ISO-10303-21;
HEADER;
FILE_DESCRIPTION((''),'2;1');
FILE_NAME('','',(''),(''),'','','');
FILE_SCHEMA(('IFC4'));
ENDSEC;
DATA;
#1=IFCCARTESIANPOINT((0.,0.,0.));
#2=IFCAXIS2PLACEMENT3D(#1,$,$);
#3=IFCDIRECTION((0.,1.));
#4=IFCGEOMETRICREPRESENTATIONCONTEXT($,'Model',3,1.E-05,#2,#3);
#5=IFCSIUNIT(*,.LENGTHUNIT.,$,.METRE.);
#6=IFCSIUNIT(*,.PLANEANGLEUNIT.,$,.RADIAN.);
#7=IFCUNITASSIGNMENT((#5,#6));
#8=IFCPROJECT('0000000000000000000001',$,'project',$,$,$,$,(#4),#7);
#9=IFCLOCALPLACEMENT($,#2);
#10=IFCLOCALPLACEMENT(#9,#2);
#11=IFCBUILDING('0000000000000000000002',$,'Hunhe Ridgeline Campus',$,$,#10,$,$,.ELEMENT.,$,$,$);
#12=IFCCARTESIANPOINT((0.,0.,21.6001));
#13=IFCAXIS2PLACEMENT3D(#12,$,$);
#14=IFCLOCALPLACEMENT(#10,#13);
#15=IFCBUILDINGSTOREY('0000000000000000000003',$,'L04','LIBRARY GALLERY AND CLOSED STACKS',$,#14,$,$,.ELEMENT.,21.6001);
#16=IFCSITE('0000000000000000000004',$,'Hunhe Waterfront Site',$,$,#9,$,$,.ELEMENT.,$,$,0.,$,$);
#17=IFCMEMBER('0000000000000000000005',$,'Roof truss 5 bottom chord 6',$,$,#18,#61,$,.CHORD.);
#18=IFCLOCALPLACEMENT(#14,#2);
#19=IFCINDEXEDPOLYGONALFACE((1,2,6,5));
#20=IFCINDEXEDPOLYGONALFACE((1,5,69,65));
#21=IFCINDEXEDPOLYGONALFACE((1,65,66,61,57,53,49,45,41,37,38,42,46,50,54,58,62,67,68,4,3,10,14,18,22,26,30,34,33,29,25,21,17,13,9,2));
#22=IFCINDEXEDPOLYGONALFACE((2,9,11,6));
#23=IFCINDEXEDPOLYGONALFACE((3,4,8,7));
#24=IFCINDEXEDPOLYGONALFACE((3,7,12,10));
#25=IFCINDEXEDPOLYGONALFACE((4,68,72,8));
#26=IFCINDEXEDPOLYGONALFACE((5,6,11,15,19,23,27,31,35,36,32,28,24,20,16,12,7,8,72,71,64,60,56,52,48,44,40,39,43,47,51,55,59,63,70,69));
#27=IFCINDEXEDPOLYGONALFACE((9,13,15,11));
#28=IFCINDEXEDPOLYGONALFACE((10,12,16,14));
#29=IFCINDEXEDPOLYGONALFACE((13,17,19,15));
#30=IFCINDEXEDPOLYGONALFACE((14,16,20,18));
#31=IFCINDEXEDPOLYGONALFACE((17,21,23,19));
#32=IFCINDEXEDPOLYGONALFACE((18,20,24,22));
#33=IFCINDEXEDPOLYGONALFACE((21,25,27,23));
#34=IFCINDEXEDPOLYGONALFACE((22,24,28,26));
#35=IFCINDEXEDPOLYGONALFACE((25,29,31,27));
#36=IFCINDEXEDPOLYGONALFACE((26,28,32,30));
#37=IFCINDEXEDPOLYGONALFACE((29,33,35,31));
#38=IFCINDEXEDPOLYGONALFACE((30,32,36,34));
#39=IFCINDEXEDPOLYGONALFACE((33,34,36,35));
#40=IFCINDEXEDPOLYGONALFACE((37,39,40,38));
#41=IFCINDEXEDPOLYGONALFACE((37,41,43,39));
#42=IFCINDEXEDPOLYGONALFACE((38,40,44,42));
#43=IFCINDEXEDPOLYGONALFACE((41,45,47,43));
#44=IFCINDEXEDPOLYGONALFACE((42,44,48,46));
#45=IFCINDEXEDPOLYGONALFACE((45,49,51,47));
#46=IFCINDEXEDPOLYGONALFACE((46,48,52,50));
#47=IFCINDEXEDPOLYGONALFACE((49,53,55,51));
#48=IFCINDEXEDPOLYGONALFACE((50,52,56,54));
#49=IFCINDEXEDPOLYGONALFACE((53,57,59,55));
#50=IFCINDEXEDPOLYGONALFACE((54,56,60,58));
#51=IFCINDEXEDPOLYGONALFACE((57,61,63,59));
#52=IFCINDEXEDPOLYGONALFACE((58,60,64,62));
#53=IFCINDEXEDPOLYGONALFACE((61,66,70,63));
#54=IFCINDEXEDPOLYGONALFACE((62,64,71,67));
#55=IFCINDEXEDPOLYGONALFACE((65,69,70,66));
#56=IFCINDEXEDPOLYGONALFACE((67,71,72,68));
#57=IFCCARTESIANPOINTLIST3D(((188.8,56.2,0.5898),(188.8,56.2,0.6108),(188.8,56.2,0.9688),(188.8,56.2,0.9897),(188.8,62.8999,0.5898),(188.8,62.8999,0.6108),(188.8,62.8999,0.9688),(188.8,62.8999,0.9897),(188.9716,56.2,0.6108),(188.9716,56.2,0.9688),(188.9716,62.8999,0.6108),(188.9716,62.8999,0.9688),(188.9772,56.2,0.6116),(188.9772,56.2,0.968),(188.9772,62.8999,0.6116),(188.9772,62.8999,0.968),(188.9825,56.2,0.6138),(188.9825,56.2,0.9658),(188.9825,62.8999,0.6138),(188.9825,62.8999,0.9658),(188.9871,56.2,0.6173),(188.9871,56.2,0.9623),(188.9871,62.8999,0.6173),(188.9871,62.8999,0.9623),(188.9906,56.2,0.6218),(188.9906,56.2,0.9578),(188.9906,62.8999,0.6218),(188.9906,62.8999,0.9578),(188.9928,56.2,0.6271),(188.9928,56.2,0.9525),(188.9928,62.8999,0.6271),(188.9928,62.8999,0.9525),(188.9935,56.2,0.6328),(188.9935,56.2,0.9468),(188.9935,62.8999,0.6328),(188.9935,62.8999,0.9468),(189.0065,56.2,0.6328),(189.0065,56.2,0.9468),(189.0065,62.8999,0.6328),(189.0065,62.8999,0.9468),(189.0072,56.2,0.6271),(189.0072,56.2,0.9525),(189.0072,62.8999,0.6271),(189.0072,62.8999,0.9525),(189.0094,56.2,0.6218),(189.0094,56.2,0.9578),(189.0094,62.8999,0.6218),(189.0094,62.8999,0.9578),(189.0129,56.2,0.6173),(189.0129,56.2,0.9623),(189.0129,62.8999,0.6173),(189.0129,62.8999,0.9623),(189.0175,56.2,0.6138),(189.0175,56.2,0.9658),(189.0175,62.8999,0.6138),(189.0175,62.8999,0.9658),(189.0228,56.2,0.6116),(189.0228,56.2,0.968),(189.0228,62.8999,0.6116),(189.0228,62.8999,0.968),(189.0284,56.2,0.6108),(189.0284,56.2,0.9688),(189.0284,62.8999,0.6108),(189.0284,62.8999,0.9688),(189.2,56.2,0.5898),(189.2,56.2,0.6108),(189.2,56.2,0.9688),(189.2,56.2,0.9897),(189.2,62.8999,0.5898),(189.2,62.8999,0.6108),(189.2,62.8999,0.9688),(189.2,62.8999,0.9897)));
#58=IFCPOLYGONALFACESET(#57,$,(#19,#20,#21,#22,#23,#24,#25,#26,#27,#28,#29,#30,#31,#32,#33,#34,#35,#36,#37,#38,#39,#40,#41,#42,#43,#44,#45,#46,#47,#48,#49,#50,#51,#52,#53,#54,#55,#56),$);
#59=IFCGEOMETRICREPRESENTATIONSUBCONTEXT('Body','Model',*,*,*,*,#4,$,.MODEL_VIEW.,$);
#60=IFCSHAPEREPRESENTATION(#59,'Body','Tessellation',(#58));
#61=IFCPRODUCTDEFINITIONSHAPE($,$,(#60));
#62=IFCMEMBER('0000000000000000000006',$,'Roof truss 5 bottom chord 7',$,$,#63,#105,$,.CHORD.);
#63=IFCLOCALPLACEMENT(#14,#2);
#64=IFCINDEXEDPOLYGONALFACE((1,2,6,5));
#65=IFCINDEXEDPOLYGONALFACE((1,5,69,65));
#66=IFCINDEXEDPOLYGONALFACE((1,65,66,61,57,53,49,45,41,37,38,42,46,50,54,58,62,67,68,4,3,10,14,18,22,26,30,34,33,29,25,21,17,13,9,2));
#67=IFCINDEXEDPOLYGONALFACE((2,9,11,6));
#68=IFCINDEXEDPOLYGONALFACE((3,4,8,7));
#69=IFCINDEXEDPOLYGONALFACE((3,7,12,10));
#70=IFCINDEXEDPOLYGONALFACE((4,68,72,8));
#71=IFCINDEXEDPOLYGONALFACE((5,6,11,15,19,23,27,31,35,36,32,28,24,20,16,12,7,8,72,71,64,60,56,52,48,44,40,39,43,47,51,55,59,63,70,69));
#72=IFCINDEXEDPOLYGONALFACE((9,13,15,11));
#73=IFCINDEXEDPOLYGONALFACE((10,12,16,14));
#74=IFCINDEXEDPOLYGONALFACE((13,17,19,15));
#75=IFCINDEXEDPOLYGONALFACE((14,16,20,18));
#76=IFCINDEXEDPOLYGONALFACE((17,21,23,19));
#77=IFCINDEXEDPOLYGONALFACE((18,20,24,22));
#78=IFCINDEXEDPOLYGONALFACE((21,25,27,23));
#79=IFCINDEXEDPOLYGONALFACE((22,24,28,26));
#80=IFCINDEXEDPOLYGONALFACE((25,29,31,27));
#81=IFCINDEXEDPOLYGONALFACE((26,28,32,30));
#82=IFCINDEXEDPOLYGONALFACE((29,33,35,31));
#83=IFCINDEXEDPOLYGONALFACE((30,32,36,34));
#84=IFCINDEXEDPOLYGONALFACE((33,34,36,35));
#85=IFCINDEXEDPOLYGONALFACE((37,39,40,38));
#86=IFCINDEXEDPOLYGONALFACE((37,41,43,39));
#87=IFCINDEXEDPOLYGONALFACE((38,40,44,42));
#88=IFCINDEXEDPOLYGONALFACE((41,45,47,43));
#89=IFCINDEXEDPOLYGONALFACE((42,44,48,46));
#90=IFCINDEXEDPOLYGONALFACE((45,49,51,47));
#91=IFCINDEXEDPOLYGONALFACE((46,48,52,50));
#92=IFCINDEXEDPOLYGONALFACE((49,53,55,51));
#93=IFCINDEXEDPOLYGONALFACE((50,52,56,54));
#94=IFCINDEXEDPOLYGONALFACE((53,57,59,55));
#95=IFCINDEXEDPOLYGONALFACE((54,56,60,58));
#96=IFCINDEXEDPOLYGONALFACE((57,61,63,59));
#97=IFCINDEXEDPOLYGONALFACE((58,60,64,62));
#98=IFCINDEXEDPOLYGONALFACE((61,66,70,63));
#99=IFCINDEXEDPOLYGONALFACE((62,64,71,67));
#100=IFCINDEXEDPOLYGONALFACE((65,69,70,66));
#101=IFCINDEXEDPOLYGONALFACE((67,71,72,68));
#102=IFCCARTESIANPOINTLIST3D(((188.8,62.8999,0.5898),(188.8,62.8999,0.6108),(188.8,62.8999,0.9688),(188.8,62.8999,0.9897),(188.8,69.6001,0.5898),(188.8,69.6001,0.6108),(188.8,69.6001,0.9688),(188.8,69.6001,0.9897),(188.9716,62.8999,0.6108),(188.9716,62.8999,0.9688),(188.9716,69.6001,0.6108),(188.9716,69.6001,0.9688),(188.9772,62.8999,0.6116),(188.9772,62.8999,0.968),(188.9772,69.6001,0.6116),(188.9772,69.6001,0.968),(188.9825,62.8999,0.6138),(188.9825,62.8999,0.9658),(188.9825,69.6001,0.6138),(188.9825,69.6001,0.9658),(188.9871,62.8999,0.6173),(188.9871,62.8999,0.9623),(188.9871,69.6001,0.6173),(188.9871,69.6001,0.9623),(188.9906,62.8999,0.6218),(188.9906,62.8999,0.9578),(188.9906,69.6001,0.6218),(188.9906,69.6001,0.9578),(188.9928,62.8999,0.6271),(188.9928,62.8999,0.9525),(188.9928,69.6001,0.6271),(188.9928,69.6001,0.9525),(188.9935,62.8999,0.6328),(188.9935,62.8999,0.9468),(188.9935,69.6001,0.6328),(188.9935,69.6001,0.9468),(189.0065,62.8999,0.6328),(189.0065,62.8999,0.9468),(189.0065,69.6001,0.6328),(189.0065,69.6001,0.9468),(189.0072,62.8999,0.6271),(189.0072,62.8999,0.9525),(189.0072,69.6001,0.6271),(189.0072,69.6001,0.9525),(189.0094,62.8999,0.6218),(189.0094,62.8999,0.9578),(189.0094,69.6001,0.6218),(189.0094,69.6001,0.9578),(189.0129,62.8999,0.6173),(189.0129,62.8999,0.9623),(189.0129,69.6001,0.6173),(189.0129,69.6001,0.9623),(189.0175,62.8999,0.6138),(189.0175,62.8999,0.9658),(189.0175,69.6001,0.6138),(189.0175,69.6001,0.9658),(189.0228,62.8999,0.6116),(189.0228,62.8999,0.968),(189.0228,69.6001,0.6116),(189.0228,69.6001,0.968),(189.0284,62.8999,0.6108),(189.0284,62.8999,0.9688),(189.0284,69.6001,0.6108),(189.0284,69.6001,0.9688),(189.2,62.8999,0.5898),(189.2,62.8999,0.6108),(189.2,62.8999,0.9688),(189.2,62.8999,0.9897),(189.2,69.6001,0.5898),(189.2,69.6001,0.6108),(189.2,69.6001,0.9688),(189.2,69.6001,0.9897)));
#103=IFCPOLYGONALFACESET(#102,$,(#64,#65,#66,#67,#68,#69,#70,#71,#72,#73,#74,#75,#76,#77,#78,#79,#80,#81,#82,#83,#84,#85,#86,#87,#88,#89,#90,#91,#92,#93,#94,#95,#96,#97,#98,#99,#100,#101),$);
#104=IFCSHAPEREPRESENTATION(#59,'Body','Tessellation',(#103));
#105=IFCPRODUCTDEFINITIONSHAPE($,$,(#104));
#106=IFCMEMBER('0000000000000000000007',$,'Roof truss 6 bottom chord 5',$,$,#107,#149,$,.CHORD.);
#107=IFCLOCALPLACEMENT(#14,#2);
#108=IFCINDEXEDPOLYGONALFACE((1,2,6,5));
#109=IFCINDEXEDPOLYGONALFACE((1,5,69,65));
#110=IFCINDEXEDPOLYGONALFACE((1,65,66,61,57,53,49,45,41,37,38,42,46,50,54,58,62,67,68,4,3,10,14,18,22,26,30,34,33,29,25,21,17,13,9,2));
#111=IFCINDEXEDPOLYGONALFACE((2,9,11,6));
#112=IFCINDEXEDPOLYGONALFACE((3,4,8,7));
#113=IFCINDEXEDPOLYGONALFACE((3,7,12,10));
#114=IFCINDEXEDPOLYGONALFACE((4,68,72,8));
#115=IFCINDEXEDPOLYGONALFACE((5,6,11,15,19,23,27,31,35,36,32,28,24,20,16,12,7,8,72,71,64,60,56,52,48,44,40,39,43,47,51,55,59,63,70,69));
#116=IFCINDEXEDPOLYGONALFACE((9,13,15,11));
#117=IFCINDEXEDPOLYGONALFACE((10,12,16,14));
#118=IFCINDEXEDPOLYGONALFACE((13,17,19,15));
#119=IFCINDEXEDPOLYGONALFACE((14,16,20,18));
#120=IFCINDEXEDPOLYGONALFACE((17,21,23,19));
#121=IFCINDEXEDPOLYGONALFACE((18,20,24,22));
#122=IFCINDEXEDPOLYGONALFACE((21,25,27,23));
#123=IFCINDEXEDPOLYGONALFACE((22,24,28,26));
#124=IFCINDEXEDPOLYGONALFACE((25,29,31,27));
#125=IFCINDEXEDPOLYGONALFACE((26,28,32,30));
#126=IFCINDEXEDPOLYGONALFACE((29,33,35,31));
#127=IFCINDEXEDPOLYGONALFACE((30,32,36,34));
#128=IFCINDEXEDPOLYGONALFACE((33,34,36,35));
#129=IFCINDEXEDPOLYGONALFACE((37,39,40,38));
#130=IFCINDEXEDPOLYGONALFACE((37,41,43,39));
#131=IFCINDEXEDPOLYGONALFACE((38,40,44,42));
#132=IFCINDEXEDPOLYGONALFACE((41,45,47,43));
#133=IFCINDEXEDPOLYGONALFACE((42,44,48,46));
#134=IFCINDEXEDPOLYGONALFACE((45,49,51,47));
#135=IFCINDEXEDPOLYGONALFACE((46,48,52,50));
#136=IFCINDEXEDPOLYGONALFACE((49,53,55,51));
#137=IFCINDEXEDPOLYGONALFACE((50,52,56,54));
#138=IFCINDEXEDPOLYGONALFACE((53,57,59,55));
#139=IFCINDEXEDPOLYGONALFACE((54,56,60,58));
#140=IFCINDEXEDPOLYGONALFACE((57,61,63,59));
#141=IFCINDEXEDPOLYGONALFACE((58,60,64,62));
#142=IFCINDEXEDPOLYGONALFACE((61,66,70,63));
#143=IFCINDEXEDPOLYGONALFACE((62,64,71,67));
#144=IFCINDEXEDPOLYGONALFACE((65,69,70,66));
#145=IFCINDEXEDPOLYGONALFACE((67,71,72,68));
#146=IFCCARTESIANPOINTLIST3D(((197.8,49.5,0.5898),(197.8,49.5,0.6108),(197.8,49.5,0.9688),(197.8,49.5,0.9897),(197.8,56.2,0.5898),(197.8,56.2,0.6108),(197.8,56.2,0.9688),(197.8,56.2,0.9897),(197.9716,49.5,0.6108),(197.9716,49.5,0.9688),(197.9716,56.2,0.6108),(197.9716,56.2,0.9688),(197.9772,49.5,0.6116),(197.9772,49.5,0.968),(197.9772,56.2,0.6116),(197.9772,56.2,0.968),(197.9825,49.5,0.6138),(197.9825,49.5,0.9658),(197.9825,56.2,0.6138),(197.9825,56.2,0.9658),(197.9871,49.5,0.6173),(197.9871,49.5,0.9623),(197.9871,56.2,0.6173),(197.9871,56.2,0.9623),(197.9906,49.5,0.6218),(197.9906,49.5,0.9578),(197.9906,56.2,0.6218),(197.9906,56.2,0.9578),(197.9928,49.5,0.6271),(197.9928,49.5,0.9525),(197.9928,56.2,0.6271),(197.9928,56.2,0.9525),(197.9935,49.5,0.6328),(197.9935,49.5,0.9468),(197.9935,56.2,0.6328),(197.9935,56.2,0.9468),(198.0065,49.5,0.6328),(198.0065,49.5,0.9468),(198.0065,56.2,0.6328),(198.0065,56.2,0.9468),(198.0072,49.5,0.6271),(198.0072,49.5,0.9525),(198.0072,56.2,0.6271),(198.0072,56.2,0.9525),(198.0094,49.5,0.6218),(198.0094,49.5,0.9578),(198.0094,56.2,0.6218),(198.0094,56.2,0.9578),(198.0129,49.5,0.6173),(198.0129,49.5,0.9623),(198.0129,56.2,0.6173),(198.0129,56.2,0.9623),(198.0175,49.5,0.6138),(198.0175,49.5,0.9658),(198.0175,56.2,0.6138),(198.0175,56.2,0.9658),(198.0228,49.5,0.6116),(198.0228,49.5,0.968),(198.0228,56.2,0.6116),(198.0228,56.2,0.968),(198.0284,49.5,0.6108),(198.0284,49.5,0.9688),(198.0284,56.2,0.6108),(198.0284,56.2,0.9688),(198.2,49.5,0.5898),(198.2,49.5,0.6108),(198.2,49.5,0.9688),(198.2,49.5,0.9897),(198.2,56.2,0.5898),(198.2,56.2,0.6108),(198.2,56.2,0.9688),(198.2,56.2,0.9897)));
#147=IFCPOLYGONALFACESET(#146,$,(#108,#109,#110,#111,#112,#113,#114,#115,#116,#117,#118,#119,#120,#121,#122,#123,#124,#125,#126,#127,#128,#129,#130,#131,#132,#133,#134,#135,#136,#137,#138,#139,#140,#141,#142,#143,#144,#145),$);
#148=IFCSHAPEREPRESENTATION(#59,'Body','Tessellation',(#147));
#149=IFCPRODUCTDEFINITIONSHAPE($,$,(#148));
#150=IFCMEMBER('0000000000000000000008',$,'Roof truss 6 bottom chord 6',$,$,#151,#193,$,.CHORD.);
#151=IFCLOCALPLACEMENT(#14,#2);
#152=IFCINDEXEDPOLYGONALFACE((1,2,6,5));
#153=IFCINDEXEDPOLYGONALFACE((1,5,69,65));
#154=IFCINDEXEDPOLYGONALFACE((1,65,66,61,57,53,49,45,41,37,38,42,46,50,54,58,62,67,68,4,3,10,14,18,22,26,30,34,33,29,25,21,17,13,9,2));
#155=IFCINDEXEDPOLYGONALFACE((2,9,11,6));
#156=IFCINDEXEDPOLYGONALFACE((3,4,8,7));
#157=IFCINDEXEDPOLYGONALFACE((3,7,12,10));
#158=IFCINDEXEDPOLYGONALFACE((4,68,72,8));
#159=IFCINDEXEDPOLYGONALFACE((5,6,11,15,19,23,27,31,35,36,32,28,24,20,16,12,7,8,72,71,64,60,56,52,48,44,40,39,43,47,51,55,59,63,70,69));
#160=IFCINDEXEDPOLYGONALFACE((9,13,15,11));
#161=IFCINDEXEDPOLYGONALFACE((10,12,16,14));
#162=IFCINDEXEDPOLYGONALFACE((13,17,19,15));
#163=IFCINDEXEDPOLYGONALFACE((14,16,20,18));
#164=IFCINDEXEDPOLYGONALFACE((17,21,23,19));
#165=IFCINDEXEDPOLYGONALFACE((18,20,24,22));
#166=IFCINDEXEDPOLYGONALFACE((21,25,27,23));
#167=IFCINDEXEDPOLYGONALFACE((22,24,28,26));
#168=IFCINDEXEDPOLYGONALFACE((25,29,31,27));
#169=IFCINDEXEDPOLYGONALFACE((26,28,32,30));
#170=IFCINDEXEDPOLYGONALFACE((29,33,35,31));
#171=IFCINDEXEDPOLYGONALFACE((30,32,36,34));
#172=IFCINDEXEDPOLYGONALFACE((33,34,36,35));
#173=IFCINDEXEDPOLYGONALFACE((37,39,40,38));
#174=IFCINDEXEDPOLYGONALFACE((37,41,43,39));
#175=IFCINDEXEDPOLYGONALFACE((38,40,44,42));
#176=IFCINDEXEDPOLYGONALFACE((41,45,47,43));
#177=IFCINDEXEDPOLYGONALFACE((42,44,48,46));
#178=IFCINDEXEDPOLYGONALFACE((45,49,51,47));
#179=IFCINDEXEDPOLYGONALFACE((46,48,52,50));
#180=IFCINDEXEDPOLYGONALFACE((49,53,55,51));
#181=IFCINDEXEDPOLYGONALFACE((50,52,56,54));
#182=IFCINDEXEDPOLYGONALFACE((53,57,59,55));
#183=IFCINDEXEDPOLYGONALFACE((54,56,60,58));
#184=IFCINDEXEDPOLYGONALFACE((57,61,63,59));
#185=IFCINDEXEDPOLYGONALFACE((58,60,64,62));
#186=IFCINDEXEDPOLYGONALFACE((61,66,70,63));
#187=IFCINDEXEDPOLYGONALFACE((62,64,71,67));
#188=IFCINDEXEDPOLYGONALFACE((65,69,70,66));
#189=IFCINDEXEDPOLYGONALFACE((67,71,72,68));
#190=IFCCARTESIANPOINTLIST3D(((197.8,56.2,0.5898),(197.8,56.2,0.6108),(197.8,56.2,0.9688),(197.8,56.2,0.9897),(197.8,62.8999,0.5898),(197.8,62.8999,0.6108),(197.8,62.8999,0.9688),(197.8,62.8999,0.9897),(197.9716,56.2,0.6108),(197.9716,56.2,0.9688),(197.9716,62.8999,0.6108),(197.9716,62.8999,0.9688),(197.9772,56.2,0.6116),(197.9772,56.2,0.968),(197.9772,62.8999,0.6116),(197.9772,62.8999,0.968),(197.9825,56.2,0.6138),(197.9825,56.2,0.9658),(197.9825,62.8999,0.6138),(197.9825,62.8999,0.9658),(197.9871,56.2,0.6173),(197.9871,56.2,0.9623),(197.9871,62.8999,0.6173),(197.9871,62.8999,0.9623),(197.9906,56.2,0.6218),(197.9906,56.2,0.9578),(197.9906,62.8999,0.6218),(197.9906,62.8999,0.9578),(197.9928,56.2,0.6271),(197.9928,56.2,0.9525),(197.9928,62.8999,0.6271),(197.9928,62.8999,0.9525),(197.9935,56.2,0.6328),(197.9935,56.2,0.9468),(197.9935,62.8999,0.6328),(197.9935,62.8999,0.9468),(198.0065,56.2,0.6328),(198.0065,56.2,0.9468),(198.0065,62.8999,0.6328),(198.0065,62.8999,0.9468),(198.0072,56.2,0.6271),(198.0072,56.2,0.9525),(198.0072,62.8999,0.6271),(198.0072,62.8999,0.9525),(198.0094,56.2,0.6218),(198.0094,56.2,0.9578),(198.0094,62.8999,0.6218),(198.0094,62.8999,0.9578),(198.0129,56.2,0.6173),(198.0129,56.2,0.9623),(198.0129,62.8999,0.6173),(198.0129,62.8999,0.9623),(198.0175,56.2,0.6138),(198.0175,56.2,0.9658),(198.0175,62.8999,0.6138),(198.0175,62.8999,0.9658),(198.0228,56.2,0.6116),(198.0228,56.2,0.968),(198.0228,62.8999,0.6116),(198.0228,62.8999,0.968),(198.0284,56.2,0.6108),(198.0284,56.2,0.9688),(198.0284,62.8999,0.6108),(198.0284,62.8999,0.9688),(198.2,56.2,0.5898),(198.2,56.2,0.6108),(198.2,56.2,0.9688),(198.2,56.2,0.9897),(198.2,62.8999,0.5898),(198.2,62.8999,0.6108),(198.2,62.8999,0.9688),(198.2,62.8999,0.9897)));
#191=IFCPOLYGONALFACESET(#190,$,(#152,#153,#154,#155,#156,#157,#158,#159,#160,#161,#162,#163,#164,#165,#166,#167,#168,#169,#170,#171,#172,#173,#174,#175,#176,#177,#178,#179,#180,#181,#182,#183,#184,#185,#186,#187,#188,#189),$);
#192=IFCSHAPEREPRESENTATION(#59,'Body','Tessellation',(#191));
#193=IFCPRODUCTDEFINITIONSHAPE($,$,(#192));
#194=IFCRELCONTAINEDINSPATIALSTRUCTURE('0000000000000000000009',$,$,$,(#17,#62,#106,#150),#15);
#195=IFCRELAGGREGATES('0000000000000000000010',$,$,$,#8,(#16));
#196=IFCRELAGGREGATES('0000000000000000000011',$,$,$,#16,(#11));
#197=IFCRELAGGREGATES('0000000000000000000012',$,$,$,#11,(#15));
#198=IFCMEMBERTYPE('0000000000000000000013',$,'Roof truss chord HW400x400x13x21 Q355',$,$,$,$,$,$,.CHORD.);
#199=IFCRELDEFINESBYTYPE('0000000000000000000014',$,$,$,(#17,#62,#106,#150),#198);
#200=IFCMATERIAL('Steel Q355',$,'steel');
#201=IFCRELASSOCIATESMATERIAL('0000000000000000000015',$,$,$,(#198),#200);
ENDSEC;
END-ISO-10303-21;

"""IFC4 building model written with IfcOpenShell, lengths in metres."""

from ifc_helpers import new_model, si_unit, direction, frame, origin, origin_2d, place, context, subcontext, project, spatial, i_section, extrude, material, material_profile, profile_set, type_object, element, save


model = new_model("IFC4")

# Units and contexts
model_context = context("Model", 3, precision=1e-05, world=origin(), true_north=direction((0.0, 1.0)))
body_context = subcontext(model_context, "Body", "Model", "MODEL_VIEW")
ifc_project = project(units=[si_unit("LENGTHUNIT", "METRE"), si_unit("PLANEANGLEUNIT", "RADIAN")], contexts=[model_context])

# Site, building, storey
site_placement = place(None, origin())
site = spatial("IfcSite", under=ifc_project, at=site_placement, Name="Hunhe Waterfront Site", CompositionType="ELEMENT", RefElevation=0.0)
building_placement = place(site_placement, origin())
building = spatial("IfcBuilding", under=site, at=building_placement, Name="Hunhe Ridgeline Campus", CompositionType="ELEMENT")
storey_placement = place(building_placement, frame((0.0, 0.0, 21.6001)))
storey = spatial("IfcBuildingStorey", under=building, at=storey_placement, Name="L04", Description="LIBRARY GALLERY AND CLOSED STACKS", CompositionType="ELEMENT", Elevation=21.6001)

# Members
ifc_material_1 = material(Name="Steel Q355", Category="steel")
ifc_material_profile_1 = material_profile(ifc_material_1, i_section(OverallWidth=0.3999, OverallDepth=0.3999, WebThickness=0.0129, FlangeThickness=0.021, FilletRadius=0.022, at=origin_2d()))
ifc_profile_set_1 = profile_set([ifc_material_profile_1], Name="Steel Q355")
member_type_1 = type_object("IfcMemberType", Name="Roof truss chord HW400x400x13x21 Q355", PredefinedType="CHORD", material=ifc_profile_set_1)
member_1_placement = place(storey_placement, frame((189.0, 56.2, 0.7898), z_axis=(0.0, 1.0, 0.0), x_axis=(-1.0, 0.0, 0.0)))
element("IfcMember", 1, at=member_1_placement, inside=storey, type_object=member_type_1, Name="Roof truss 5 bottom chord 6", PredefinedType="CHORD", context=body_context, shape_type="SweptSolid", body=[
    extrude(i_section(OverallWidth=0.3999, OverallDepth=0.3999, WebThickness=0.0129, FlangeThickness=0.021, FilletRadius=0.022, at=origin_2d()), origin(), (0.0, 0.0, 1.0), 6.7),
])
member_2_placement = place(storey_placement, frame((189.0, 62.8999, 0.7898), z_axis=(0.0, 1.0, 0.0), x_axis=(-1.0, 0.0, 0.0)))
element("IfcMember", 2, at=member_2_placement, inside=storey, type_object=member_type_1, Name="Roof truss 5 bottom chord 7", PredefinedType="CHORD", context=body_context, shape_type="SweptSolid", body=[
    extrude(i_section(OverallWidth=0.3999, OverallDepth=0.3999, WebThickness=0.0129, FlangeThickness=0.021, FilletRadius=0.022, at=origin_2d()), origin(), (0.0, 0.0, 1.0), 6.7002),
])
for number, where, z_axis, x_axis, name in (
    (3, (198.0, 49.5, 0.7898), (0.0, 1.0, 0.0), (-1.0, 0.0, 0.0), "Roof truss 6 bottom chord 5"),
    (4, (198.0, 56.2, 0.7898), (0.0, 1.0, 0.0), (-1.0, 0.0, 0.0), "Roof truss 6 bottom chord 6"),
):
    element("IfcMember", number, at=place(storey_placement, frame(where, z_axis=z_axis, x_axis=x_axis)), inside=storey, type_object=member_type_1, Name=name, PredefinedType="CHORD", context=body_context, shape_type="SweptSolid", body=[
        extrude(i_section(OverallWidth=0.3999, OverallDepth=0.3999, WebThickness=0.0129, FlangeThickness=0.021, FilletRadius=0.022, at=origin_2d()), origin(), (0.0, 0.0, 1.0), 6.7),
    ])

save(model, "model.ifc")
